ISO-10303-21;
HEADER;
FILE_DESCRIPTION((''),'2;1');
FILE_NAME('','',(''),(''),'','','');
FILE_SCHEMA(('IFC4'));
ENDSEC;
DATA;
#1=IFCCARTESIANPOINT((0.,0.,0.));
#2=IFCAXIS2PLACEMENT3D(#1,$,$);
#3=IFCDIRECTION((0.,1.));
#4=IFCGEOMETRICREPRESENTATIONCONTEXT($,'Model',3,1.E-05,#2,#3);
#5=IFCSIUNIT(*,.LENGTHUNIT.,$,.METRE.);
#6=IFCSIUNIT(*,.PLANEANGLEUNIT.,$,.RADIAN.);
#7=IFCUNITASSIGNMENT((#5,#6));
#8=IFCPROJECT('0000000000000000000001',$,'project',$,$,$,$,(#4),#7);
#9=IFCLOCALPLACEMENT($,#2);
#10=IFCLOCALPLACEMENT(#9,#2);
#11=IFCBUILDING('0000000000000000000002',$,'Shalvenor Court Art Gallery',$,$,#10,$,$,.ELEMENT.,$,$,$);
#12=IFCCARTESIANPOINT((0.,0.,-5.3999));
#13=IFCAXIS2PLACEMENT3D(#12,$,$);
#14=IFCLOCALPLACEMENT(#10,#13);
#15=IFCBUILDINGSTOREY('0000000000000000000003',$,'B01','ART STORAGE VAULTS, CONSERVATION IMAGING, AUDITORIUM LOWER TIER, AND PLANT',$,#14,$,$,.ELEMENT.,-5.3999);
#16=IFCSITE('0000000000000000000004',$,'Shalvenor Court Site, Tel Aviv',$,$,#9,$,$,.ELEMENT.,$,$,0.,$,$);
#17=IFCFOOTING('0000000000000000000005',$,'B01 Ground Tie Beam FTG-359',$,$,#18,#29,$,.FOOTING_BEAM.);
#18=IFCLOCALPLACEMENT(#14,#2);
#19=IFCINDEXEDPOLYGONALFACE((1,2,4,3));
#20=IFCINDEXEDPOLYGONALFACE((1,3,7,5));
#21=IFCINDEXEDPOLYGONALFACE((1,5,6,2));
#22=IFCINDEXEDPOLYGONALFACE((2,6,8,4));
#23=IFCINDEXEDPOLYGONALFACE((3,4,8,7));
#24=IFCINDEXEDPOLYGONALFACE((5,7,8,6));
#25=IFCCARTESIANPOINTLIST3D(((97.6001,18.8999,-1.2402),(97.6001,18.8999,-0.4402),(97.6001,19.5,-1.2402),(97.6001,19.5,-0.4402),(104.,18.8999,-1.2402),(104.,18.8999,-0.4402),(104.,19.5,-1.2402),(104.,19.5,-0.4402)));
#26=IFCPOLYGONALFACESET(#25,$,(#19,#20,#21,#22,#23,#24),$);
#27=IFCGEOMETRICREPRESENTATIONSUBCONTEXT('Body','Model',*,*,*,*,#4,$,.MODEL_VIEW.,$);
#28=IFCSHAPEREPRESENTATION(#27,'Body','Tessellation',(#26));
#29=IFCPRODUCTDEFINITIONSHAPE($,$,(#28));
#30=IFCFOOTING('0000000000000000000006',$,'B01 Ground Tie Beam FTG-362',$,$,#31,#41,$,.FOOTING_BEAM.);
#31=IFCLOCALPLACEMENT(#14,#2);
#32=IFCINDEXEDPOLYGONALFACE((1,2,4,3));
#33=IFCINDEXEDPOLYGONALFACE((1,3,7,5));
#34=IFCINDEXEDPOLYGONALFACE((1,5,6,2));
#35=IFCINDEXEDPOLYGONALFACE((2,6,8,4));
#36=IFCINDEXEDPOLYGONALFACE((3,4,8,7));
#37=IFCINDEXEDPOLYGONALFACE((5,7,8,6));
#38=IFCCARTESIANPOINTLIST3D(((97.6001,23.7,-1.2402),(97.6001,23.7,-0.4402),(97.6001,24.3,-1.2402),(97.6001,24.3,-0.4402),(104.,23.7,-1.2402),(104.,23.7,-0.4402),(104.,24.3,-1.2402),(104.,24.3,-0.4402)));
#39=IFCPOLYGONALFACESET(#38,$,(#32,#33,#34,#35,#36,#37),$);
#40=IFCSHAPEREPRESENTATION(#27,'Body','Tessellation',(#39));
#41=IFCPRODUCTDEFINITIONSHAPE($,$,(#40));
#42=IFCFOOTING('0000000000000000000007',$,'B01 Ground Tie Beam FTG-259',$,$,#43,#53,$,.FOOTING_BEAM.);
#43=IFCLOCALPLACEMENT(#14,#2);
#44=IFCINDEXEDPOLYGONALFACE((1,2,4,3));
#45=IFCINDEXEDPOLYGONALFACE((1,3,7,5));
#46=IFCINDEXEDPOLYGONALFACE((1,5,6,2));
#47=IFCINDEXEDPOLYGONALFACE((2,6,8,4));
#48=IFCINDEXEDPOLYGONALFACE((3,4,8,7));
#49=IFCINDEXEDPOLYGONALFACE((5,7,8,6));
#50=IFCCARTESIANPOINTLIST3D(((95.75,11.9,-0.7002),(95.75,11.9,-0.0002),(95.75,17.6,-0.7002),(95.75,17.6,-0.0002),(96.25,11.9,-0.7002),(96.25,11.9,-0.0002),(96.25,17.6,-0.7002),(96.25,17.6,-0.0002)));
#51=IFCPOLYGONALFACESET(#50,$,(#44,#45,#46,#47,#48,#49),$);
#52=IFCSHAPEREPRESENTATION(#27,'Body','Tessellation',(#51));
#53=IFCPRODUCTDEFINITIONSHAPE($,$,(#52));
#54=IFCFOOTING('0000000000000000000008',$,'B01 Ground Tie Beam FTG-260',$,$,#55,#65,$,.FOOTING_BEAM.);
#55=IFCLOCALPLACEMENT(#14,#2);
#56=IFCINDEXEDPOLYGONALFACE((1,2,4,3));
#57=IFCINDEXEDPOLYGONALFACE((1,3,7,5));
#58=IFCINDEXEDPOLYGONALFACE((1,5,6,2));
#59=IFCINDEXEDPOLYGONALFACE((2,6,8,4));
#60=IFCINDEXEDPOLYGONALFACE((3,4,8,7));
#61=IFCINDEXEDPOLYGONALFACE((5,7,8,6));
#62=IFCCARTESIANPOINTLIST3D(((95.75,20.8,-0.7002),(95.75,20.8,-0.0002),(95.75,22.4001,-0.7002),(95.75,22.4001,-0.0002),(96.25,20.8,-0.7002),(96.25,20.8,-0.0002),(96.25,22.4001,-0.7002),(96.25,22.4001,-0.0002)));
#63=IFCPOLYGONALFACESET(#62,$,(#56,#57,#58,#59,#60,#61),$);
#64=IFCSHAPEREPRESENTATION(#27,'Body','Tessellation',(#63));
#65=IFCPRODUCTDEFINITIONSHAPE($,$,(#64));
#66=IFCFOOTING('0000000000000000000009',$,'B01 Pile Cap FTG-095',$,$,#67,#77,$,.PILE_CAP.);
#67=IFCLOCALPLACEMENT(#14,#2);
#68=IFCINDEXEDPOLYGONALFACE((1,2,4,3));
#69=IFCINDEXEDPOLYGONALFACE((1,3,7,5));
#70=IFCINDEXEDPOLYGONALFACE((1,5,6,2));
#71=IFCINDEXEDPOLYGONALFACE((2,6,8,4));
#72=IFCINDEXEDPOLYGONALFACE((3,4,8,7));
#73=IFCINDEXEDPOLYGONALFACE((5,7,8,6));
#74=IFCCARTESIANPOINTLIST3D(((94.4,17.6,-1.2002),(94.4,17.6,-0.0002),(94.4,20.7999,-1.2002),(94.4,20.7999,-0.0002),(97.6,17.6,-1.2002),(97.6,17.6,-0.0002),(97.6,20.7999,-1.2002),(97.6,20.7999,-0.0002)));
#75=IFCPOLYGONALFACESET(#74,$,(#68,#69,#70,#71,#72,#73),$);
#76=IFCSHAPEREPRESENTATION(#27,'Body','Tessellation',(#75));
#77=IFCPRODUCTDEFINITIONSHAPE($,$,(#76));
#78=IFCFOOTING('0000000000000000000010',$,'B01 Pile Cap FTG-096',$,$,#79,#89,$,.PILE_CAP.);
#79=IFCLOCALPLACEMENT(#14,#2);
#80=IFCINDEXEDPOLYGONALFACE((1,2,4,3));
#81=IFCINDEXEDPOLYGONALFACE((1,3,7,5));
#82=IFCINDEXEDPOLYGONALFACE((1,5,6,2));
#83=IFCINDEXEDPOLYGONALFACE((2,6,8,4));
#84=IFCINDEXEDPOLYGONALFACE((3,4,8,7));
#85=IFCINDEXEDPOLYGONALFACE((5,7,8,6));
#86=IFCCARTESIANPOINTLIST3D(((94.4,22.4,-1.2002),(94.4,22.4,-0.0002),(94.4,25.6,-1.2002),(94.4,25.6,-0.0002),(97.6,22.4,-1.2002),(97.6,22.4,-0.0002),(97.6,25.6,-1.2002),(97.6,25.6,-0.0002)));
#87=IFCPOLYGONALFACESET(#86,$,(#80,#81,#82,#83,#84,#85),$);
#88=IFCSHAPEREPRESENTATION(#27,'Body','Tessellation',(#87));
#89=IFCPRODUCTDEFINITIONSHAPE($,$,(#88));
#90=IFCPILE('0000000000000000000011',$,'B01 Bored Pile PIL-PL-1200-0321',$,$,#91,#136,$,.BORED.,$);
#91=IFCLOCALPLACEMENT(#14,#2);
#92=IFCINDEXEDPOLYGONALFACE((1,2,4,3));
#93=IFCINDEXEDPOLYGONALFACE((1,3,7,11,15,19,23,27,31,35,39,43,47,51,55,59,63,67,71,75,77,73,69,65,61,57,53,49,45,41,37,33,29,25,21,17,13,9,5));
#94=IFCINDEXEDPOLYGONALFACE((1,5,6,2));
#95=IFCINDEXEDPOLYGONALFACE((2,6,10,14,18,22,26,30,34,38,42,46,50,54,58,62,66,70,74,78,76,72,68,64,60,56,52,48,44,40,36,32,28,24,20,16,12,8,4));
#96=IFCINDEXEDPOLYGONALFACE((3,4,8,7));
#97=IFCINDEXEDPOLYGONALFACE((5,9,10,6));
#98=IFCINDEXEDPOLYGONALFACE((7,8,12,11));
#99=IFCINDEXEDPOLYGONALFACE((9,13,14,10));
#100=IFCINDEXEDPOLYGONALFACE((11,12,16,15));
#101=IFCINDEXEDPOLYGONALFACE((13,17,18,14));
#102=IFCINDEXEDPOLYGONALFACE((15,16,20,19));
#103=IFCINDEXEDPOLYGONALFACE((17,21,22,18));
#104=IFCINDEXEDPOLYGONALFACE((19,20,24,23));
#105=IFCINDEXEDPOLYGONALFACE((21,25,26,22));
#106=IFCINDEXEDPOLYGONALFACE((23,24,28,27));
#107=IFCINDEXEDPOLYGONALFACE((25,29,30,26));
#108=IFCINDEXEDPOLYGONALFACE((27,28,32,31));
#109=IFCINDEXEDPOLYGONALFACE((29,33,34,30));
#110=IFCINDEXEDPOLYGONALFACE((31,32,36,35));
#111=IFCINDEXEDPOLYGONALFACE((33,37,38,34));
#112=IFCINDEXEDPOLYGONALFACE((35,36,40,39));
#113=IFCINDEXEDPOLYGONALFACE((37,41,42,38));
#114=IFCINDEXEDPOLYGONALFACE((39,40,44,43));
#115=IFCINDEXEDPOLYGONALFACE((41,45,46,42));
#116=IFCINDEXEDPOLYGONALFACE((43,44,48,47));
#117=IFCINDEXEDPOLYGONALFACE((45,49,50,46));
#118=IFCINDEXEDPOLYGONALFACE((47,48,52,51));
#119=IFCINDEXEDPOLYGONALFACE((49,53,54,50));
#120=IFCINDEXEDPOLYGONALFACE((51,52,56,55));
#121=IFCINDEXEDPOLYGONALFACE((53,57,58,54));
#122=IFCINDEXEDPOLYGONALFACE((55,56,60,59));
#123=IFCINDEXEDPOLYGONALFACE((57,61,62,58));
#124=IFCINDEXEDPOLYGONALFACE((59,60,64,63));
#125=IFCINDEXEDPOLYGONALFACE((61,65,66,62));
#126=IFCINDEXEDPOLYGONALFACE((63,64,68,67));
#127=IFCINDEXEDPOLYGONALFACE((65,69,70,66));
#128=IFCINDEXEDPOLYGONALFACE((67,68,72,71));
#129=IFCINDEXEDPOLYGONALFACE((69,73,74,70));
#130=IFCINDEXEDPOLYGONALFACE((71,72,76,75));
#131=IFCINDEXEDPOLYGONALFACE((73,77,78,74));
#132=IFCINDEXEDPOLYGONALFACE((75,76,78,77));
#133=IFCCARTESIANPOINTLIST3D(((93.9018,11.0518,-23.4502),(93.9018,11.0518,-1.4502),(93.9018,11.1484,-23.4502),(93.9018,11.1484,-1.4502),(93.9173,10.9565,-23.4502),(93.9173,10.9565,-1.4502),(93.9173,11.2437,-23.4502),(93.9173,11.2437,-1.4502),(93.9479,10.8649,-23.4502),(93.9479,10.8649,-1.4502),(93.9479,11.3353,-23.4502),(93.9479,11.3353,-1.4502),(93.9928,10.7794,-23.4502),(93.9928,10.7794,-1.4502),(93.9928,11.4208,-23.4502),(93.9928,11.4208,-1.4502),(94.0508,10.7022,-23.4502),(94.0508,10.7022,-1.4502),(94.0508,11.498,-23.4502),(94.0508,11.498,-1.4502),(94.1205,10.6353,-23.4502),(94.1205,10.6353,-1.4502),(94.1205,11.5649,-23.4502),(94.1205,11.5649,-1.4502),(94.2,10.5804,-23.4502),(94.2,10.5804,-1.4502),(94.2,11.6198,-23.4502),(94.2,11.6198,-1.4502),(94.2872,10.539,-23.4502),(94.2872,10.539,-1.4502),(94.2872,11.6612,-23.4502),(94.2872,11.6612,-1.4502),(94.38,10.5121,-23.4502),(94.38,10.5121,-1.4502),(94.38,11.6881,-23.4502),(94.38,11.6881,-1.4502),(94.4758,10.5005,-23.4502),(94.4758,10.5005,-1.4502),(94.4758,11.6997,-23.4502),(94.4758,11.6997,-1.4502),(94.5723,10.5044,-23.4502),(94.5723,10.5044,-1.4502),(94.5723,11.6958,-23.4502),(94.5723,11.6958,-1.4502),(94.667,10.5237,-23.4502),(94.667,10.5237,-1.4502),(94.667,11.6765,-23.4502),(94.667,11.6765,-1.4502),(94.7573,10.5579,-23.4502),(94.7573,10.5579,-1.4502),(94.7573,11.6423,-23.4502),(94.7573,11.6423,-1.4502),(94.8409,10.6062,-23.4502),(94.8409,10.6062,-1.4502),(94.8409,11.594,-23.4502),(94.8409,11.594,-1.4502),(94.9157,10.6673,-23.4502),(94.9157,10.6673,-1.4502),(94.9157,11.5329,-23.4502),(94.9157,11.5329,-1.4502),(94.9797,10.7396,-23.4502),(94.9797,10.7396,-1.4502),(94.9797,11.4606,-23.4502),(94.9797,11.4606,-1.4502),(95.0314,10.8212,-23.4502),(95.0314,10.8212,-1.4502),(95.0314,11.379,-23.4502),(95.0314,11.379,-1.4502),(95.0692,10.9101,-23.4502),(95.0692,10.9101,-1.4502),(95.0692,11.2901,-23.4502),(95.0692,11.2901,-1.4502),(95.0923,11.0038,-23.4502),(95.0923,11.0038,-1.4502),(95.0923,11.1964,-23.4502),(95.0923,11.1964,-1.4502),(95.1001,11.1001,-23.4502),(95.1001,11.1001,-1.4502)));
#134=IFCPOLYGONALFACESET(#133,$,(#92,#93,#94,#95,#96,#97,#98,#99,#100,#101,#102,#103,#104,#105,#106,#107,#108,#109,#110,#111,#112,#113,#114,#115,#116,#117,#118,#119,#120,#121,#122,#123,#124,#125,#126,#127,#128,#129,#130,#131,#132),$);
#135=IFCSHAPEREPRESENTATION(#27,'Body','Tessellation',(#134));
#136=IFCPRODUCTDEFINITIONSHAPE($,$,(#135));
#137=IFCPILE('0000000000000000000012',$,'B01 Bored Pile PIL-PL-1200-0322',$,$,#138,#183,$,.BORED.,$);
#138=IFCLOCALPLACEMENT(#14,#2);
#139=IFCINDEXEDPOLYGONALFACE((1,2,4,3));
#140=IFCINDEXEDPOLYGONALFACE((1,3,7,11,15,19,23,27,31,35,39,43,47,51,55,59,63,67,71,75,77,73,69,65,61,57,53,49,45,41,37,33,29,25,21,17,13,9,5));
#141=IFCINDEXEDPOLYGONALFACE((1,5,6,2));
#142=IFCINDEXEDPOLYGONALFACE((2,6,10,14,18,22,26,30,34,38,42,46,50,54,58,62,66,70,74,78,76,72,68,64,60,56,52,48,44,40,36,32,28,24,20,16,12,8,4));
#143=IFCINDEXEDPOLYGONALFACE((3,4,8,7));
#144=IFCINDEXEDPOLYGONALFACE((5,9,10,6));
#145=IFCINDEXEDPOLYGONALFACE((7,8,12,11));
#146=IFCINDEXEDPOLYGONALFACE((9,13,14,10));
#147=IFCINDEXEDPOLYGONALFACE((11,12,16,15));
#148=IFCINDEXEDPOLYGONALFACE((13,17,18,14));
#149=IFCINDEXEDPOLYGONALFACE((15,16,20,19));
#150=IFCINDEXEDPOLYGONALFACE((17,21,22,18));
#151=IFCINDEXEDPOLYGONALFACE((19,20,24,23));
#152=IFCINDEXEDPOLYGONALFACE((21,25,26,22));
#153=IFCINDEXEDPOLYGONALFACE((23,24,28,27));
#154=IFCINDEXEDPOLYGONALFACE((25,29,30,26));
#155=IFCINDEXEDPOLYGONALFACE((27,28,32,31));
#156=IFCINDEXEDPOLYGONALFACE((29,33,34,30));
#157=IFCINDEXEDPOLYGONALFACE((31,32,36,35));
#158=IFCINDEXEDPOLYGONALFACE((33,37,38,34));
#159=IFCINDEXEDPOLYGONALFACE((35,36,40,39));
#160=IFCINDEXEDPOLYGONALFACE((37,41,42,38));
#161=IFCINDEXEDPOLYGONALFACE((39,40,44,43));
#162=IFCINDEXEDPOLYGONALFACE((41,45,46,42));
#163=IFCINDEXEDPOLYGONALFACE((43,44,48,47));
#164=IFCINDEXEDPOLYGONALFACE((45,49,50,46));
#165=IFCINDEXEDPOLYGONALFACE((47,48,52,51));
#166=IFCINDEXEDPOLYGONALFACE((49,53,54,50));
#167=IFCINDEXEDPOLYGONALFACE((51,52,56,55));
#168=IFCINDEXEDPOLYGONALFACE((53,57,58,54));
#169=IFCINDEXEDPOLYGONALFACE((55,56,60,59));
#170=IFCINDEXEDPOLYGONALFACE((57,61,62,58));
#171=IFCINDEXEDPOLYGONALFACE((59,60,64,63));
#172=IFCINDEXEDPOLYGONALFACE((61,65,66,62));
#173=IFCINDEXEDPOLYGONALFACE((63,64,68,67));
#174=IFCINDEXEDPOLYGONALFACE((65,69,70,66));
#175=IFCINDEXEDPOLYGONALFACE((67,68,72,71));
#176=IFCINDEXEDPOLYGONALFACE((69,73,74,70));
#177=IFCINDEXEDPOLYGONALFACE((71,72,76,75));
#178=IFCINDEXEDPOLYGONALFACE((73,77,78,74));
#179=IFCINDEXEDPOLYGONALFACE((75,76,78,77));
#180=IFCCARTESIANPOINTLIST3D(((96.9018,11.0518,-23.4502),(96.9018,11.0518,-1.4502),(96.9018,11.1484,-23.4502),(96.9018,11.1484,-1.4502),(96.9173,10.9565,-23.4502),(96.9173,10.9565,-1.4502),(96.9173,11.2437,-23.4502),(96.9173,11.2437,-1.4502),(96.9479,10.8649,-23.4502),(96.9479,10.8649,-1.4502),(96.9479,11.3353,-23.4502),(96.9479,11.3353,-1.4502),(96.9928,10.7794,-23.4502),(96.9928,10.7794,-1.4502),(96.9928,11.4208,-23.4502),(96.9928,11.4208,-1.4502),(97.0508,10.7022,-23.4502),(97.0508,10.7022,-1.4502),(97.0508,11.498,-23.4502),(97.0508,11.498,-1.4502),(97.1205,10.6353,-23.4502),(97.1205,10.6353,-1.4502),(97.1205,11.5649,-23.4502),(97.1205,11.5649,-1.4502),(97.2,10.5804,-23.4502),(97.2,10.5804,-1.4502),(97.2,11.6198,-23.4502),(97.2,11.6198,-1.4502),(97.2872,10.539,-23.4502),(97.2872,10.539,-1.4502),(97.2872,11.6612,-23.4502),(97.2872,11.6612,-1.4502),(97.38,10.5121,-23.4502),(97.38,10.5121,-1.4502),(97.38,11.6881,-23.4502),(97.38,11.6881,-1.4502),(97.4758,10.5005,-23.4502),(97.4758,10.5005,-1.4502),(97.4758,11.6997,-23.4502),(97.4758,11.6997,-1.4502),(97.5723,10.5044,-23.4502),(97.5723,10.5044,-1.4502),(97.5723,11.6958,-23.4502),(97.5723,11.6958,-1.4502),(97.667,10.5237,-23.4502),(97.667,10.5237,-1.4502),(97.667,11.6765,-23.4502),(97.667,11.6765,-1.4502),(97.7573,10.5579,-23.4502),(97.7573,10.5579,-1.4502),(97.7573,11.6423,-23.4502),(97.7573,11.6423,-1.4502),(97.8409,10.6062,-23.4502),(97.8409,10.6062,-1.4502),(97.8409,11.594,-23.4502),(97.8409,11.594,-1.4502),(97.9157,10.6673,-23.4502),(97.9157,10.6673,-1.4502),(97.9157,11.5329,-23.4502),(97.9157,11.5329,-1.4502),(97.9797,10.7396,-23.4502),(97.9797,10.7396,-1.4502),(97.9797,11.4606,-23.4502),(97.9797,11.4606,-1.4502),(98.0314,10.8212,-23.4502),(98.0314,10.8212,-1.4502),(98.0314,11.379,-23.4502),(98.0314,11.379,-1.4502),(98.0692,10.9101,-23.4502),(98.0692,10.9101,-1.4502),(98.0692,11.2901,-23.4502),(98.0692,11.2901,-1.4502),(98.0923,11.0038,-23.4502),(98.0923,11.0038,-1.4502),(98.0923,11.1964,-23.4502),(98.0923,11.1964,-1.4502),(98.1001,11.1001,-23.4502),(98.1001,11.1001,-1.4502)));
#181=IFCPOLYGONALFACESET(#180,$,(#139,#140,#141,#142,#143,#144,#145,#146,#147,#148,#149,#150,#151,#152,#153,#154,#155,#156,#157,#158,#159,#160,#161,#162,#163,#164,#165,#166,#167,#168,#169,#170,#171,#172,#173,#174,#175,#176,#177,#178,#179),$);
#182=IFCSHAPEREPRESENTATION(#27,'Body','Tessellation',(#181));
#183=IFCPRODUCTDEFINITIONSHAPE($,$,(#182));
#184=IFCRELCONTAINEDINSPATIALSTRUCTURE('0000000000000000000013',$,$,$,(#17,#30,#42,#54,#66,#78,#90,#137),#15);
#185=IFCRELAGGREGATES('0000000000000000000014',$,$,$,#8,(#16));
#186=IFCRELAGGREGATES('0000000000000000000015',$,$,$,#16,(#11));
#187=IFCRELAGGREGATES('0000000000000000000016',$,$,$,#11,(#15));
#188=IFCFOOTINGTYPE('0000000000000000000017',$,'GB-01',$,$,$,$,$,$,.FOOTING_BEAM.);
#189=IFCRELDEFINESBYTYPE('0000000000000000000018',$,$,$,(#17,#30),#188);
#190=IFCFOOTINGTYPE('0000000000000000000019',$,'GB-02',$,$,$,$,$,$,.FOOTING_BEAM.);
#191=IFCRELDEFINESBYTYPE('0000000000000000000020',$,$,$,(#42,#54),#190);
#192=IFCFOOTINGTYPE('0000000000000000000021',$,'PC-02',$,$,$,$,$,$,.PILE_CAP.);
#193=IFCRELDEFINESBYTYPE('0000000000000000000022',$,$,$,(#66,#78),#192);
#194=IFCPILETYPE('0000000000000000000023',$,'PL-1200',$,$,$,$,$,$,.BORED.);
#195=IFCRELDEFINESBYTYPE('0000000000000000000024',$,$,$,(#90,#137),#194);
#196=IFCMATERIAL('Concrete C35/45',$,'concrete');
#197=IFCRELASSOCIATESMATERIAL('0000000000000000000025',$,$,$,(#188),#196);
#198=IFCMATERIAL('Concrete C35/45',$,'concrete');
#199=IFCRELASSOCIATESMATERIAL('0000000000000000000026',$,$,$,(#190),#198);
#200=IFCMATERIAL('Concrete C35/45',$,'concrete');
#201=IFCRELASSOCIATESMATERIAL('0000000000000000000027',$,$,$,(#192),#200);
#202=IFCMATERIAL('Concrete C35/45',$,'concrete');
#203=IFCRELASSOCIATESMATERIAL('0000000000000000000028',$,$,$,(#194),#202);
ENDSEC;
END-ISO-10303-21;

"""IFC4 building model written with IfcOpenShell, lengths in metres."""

from ifc_helpers import new_model, si_unit, direction, frame, origin, origin_2d, place, context, subcontext, project, spatial, rectangle, circle, extrude, material, material_profile, profile_set, type_object, element, save


model = new_model("IFC4")

# Units and contexts
model_context = context("Model", 3, precision=1e-05, world=origin(), true_north=direction((0.0, 1.0)))
body_context = subcontext(model_context, "Body", "Model", "MODEL_VIEW")
ifc_project = project(units=[si_unit("LENGTHUNIT", "METRE"), si_unit("PLANEANGLEUNIT", "RADIAN")], contexts=[model_context])

# Site, building, storey
site_placement = place(None, origin())
site = spatial("IfcSite", under=ifc_project, at=site_placement, Name="Shalvenor Court Site, Tel Aviv", CompositionType="ELEMENT", RefElevation=0.0)
building_placement = place(site_placement, origin())
building = spatial("IfcBuilding", under=site, at=building_placement, Name="Shalvenor Court Art Gallery", CompositionType="ELEMENT")
storey_placement = place(building_placement, frame((0.0, 0.0, -5.3999)))
storey = spatial("IfcBuildingStorey", under=building, at=storey_placement, Name="B01", Description="ART STORAGE VAULTS, CONSERVATION IMAGING, AUDITORIUM LOWER TIER, AND PLANT", CompositionType="ELEMENT", Elevation=-5.3999)

# Footings
ifc_material_1 = material(Name="Concrete C35/45", Category="concrete")
footing_type_1 = type_object("IfcFootingType", Name="GB-01", PredefinedType="FOOTING_BEAM", material=ifc_material_1)
for number, where, z_axis, x_axis, name in (
    (1, (100.8, 19.2, -1.2402), (0.0, 0.0, 1.0), (1.0, 0.0, 0.0), "B01 Ground Tie Beam FTG-359"),
    (2, (100.8, 24.0, -1.2402), (0.0, 0.0, 1.0), (1.0, 0.0, 0.0), "B01 Ground Tie Beam FTG-362"),
):
    element("IfcFooting", number, at=place(storey_placement, frame(where, z_axis=z_axis, x_axis=x_axis)), inside=storey, type_object=footing_type_1, Name=name, PredefinedType="FOOTING_BEAM", context=body_context, shape_type="SweptSolid", body=[
        extrude(rectangle(XDim=6.3999, YDim=0.6001, at=origin_2d()), origin(), (0.0, 0.0, 1.0), 0.8),
    ])
ifc_material_2 = material(Name="Concrete C35/45", Category="concrete")
footing_type_2 = type_object("IfcFootingType", Name="GB-02", PredefinedType="FOOTING_BEAM", material=ifc_material_2)
footing_1_placement = place(storey_placement, frame((96.0, 14.75, -0.7002), z_axis=(0.0, 0.0, 1.0), x_axis=(0.0, 1.0, 0.0)))
element("IfcFooting", 3, at=footing_1_placement, inside=storey, type_object=footing_type_2, Name="B01 Ground Tie Beam FTG-259", PredefinedType="FOOTING_BEAM", context=body_context, shape_type="SweptSolid", body=[
    extrude(rectangle(XDim=5.7, YDim=0.5, at=origin_2d()), origin(), (0.0, 0.0, 1.0), 0.7),
])
footing_2_placement = place(storey_placement, frame((96.0, 21.6001, -0.7002), z_axis=(0.0, 0.0, 1.0), x_axis=(0.0, 1.0, 0.0)))
element("IfcFooting", 4, at=footing_2_placement, inside=storey, type_object=footing_type_2, Name="B01 Ground Tie Beam FTG-260", PredefinedType="FOOTING_BEAM", context=body_context, shape_type="SweptSolid", body=[
    extrude(rectangle(XDim=1.6001, YDim=0.5, at=origin_2d()), origin(), (0.0, 0.0, 1.0), 0.7),
])
ifc_material_3 = material(Name="Concrete C35/45", Category="concrete")
footing_type_3 = type_object("IfcFootingType", Name="PC-02", PredefinedType="PILE_CAP", material=ifc_material_3)
for number, where, z_axis, x_axis, name in (
    (5, (96.0, 19.2, -1.2002), (0.0, 0.0, 1.0), (1.0, 0.0, 0.0), "B01 Pile Cap FTG-095"),
    (6, (96.0, 24.0, -1.2002), (0.0, 0.0, 1.0), (1.0, 0.0, 0.0), "B01 Pile Cap FTG-096"),
):
    element("IfcFooting", number, at=place(storey_placement, frame(where, z_axis=z_axis, x_axis=x_axis)), inside=storey, type_object=footing_type_3, Name=name, PredefinedType="PILE_CAP", context=body_context, shape_type="SweptSolid", body=[
        extrude(rectangle(XDim=3.2, YDim=3.2, at=origin_2d()), origin(), (0.0, 0.0, 1.0), 1.2),
    ])

# Piles
ifc_material_4 = material(Name="Concrete C35/45", Category="concrete")
ifc_material_profile_1 = material_profile(ifc_material_4, circle(Radius=0.6001, at=origin_2d()), Name="PILE 1200")
ifc_profile_set_1 = profile_set([ifc_material_profile_1], Name="Concrete C35/45")
pile_type_1 = type_object("IfcPileType", Name="PL-1200", PredefinedType="BORED", material=ifc_profile_set_1)
for number, where, z_axis, x_axis, name in (
    (7, (94.5, 11.1001, -1.4502), (0.0, 0.0, -1.0), (1.0, 0.0, 0.0), "B01 Bored Pile PIL-PL-1200-0321"),
    (8, (97.5, 11.1001, -1.4502), (0.0, 0.0, -1.0), (1.0, 0.0, 0.0), "B01 Bored Pile PIL-PL-1200-0322"),
):
    element("IfcPile", number, at=place(storey_placement, frame(where, z_axis=z_axis, x_axis=x_axis)), inside=storey, type_object=pile_type_1, Name=name, PredefinedType="BORED", context=body_context, shape_type="SweptSolid", body=[
        extrude(circle(Radius=0.6001, at=origin_2d()), origin(), (0.0, 0.0, 1.0), 22.0),
    ])

save(model, "model.ifc")
